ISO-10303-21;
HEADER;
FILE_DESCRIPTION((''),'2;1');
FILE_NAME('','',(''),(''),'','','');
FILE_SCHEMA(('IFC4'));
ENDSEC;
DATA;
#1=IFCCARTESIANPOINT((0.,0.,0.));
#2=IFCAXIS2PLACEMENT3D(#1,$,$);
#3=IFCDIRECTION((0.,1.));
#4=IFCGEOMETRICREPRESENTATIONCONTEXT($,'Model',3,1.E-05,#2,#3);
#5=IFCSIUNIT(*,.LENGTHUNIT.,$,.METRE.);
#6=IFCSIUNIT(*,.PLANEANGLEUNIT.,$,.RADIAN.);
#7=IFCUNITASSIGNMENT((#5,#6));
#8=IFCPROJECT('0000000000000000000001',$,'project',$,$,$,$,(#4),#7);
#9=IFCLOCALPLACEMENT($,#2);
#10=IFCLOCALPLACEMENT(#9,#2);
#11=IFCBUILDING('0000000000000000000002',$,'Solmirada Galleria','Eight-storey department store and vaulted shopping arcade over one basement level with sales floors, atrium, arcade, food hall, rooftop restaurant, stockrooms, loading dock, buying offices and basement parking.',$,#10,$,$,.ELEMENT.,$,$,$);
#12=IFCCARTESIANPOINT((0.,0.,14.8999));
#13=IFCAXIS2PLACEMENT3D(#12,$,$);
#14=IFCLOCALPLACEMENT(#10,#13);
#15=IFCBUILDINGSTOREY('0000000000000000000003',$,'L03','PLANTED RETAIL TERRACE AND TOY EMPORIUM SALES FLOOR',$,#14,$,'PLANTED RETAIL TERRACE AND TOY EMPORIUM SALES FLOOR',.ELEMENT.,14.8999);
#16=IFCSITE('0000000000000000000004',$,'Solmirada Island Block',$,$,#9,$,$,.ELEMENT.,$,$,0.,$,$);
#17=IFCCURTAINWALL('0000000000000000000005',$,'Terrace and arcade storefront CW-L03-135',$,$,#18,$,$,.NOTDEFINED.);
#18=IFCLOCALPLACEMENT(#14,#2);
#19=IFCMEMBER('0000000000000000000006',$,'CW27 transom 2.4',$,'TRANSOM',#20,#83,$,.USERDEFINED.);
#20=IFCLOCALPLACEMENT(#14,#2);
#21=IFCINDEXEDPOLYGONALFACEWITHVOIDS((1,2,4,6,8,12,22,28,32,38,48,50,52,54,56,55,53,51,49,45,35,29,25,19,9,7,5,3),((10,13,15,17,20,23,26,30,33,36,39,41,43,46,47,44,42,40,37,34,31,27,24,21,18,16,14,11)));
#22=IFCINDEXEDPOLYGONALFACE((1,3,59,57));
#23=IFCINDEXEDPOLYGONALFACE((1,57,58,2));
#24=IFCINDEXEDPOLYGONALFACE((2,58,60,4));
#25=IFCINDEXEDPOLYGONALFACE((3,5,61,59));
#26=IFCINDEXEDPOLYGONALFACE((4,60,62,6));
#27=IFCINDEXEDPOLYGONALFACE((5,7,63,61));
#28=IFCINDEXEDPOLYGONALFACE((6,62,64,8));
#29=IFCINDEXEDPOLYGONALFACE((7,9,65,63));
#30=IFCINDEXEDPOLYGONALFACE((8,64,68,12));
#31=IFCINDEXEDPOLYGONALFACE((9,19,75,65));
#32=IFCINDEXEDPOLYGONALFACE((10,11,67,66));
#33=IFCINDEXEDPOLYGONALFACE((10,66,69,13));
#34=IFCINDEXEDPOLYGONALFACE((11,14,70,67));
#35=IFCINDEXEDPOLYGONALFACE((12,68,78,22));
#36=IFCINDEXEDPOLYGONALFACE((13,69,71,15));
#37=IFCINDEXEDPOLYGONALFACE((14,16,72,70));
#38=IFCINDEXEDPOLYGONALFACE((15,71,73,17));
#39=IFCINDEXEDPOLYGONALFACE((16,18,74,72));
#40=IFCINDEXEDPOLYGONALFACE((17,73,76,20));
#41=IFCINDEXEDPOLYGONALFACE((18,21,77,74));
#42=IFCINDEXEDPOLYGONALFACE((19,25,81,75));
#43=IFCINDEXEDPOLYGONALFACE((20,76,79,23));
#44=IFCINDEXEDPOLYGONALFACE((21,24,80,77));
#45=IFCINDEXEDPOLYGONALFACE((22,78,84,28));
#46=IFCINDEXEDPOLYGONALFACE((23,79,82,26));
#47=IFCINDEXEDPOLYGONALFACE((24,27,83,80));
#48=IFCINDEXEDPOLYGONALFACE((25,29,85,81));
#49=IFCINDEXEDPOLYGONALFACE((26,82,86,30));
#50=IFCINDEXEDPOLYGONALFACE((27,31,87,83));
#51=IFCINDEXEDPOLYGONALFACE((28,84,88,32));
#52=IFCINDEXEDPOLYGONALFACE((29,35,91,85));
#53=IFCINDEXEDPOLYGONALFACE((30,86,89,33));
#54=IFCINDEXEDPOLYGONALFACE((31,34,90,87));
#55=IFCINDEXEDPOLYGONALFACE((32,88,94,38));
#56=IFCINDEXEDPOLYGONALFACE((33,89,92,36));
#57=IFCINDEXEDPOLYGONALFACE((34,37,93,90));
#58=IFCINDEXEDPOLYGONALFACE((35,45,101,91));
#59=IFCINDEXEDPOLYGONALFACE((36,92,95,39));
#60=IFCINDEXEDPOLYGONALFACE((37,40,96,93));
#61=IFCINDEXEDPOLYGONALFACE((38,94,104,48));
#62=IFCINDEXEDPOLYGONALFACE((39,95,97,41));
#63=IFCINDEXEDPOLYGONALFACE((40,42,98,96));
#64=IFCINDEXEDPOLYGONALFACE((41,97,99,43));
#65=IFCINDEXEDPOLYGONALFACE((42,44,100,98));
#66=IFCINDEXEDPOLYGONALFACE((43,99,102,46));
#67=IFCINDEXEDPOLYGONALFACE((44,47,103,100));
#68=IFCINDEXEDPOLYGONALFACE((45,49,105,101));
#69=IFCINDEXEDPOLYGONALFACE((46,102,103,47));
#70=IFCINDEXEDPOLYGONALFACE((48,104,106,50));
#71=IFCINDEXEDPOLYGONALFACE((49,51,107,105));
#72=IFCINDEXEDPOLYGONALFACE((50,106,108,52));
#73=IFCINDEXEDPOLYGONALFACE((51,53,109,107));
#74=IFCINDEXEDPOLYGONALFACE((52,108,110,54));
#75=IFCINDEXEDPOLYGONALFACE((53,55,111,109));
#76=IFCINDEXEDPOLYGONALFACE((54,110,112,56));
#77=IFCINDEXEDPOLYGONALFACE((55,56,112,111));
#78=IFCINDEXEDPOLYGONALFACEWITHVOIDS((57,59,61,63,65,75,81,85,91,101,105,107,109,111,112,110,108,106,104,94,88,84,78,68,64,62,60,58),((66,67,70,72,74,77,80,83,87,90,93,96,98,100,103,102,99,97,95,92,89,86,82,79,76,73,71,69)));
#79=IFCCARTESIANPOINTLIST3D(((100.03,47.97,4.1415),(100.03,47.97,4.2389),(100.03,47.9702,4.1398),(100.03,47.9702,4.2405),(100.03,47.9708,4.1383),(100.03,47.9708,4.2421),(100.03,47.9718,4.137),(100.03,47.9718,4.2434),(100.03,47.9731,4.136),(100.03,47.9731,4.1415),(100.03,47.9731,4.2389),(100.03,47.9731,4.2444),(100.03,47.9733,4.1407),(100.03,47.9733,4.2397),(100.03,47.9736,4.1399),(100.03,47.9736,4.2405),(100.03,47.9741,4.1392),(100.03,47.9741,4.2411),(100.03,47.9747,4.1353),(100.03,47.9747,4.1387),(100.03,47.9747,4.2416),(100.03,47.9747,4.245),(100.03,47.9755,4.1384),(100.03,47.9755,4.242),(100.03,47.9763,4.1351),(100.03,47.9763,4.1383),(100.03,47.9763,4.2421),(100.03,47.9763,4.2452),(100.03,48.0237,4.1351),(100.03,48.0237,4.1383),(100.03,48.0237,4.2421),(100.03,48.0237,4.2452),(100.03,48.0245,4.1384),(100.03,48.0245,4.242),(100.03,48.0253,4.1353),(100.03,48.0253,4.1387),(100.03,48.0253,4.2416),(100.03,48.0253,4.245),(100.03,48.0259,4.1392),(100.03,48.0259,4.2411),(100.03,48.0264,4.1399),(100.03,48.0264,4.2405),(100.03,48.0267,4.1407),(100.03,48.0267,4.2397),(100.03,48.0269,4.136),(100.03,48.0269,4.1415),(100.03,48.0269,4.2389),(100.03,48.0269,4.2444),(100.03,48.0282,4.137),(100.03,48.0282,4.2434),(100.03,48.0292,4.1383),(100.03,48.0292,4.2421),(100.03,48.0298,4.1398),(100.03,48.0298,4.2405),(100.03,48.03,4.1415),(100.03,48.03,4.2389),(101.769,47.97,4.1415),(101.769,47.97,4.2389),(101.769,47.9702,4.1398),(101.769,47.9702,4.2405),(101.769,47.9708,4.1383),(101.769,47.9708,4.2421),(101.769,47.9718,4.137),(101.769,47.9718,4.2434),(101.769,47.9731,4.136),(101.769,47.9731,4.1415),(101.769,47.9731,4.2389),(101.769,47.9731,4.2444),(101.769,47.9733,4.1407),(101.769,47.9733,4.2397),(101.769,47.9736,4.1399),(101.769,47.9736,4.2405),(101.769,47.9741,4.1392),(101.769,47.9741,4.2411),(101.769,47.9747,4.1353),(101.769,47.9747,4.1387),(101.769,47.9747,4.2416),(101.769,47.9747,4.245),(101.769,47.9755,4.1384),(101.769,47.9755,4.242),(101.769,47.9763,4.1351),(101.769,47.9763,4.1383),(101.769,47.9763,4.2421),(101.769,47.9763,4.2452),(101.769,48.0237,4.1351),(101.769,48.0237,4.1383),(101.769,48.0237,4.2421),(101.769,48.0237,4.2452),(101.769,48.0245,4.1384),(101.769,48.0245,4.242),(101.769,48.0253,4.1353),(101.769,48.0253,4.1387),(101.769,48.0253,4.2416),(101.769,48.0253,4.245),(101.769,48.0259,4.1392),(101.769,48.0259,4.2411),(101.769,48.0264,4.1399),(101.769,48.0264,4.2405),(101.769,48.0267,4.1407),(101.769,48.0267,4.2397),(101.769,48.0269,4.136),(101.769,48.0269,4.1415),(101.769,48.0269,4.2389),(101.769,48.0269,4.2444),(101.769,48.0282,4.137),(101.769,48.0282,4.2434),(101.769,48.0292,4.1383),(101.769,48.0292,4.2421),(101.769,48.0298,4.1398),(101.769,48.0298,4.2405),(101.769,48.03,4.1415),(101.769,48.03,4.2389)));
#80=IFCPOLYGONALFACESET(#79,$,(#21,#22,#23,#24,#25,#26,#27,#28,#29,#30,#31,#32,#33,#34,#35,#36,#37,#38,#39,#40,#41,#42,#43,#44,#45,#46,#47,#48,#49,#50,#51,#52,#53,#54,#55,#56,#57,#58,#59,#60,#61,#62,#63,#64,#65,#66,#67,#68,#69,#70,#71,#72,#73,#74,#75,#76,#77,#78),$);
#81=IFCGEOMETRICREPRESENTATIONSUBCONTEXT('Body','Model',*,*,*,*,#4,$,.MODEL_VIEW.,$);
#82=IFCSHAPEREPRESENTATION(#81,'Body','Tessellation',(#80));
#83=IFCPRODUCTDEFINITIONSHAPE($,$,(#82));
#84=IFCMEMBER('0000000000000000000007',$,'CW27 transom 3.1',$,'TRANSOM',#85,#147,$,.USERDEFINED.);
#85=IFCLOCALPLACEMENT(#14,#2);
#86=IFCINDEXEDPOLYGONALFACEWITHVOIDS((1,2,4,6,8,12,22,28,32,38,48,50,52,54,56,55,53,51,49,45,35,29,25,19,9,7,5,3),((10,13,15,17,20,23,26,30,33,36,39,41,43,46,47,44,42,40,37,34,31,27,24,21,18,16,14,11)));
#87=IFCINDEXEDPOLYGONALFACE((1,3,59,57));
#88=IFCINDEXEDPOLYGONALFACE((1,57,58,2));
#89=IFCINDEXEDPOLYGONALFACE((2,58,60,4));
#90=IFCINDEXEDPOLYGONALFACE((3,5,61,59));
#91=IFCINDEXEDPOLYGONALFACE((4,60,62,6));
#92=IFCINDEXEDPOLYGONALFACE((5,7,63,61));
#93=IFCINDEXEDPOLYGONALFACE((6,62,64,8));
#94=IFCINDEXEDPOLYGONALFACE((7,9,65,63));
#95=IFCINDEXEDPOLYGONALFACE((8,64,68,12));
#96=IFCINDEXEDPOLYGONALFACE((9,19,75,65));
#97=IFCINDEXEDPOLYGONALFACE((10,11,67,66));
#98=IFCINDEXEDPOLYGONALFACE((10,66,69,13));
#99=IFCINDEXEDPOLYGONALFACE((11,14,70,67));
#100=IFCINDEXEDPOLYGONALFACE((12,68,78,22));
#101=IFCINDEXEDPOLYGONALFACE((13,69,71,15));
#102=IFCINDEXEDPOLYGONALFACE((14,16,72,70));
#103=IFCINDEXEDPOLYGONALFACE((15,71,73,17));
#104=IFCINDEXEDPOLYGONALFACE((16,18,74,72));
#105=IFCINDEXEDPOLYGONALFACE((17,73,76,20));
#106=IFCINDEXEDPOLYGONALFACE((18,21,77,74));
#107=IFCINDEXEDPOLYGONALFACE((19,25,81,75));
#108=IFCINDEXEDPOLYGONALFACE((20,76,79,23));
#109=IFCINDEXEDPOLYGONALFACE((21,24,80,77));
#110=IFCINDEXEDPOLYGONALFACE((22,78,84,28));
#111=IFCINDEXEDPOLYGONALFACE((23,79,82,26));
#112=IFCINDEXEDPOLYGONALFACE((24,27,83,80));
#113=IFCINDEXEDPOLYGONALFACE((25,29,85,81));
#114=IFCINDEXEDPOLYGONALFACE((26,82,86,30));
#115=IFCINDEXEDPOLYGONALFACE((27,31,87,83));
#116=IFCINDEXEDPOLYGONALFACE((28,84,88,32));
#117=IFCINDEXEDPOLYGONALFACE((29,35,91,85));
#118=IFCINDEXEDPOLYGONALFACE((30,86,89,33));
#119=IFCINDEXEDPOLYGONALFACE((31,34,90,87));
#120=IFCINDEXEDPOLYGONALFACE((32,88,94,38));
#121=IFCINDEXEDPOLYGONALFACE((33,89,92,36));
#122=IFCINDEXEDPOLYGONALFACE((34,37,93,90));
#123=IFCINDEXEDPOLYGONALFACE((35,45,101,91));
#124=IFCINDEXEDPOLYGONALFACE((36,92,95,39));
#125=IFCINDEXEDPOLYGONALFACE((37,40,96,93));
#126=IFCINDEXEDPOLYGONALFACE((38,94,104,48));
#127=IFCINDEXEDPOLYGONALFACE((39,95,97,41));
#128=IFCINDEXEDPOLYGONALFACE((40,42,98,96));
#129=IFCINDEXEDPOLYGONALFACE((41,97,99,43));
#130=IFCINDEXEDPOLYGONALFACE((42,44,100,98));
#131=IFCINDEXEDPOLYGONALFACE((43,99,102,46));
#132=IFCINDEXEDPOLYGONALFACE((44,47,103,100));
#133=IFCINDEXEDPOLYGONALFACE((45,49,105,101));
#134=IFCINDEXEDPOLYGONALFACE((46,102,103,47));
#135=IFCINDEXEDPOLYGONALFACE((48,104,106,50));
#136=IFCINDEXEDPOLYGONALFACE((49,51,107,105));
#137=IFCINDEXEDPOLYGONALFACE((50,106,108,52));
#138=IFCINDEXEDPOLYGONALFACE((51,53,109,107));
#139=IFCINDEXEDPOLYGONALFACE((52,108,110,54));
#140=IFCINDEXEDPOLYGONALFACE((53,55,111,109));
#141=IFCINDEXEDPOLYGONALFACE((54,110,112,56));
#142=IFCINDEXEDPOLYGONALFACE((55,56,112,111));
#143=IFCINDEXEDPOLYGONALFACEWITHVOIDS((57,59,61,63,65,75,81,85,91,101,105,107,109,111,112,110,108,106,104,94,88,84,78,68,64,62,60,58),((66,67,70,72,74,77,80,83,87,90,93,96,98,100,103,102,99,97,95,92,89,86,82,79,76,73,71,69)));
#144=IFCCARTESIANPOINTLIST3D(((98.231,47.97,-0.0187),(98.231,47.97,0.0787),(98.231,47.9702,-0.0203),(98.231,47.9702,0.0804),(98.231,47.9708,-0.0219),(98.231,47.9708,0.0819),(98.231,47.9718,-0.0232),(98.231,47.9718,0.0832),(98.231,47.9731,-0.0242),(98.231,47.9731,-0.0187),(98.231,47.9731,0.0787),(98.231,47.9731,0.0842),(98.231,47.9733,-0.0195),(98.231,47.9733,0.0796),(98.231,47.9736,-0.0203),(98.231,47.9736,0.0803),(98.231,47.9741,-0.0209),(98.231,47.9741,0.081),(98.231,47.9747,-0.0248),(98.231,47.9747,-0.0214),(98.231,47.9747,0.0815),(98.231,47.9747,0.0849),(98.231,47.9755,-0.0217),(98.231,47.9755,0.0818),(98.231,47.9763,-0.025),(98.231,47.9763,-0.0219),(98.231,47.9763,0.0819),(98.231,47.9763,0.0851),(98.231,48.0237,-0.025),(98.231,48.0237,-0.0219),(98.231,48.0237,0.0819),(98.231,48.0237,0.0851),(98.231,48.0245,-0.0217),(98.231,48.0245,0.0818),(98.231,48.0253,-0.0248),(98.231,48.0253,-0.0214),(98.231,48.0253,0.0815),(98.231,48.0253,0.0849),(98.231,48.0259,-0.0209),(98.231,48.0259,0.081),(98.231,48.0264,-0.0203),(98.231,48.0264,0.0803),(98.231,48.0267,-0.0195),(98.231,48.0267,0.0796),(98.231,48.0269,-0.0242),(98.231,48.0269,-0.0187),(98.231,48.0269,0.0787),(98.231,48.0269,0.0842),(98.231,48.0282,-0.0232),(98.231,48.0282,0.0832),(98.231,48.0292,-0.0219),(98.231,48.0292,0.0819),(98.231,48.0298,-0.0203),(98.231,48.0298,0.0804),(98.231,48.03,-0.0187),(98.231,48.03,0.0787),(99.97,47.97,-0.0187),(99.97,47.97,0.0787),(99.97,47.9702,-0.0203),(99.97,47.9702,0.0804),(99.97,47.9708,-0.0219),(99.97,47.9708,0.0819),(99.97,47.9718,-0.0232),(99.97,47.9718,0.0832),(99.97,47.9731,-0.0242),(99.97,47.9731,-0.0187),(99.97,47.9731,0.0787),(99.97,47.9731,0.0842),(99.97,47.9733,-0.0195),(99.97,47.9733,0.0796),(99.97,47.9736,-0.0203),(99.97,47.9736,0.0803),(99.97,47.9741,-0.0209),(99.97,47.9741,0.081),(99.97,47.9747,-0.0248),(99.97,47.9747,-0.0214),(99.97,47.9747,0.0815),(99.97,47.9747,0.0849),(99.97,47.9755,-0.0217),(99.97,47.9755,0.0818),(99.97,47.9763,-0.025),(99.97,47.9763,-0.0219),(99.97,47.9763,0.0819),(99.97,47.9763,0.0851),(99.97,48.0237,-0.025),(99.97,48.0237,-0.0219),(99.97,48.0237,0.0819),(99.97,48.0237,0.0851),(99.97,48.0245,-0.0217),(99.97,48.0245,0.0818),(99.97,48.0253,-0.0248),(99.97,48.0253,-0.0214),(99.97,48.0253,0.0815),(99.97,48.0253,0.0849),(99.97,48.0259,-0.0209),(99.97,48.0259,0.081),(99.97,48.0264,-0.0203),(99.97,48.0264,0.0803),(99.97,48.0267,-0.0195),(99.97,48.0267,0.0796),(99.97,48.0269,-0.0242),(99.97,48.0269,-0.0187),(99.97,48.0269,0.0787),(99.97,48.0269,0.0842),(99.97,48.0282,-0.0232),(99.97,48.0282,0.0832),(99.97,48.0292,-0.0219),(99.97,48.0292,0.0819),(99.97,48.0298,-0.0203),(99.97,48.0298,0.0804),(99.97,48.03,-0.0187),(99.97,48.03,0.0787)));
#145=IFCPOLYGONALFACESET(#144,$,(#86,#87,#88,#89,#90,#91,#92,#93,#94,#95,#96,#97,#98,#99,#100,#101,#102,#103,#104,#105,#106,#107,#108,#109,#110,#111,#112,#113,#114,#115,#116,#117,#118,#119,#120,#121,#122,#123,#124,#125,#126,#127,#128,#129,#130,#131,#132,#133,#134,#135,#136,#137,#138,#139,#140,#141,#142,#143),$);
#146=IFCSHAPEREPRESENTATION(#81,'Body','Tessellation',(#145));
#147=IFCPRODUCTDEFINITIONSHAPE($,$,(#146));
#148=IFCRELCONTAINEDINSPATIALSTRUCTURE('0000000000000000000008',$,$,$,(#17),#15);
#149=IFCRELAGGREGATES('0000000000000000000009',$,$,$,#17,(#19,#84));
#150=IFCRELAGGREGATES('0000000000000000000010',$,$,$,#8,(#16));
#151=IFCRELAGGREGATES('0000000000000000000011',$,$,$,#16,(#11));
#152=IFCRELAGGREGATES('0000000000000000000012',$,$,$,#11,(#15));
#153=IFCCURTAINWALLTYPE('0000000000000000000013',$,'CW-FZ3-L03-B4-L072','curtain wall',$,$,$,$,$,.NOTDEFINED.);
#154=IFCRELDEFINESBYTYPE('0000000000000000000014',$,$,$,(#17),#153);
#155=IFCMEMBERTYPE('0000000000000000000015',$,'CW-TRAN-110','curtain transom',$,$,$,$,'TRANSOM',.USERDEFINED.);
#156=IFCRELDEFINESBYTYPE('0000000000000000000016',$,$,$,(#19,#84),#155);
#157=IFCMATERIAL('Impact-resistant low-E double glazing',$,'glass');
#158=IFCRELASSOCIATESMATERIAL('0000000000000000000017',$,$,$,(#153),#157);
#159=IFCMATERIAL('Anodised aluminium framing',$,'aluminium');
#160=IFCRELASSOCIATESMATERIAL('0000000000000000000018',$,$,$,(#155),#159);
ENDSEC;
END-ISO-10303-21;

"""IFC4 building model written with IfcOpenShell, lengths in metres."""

from ifc_helpers import new_model, si_unit, direction, frame, origin, origin_2d, place, context, subcontext, project, spatial, hollow_rectangle, extrude, material, material_profile, profile_set, type_object, element, aggregate, save


model = new_model("IFC4")

# Units and contexts
model_context = context("Model", 3, precision=1e-05, world=origin(), true_north=direction((0.0, 1.0)))
body_context = subcontext(model_context, "Body", "Model", "MODEL_VIEW")
ifc_project = project(units=[si_unit("LENGTHUNIT", "METRE"), si_unit("PLANEANGLEUNIT", "RADIAN")], contexts=[model_context])

# Site, building, storey
site_placement = place(None, origin())
site = spatial("IfcSite", under=ifc_project, at=site_placement, Name="Solmirada Island Block", CompositionType="ELEMENT", RefElevation=0.0)
building_placement = place(site_placement, origin())
building = spatial("IfcBuilding", under=site, at=building_placement, Name="Solmirada Galleria", Description="Eight-storey department store and vaulted shopping arcade over one basement level with sales floors, atrium, arcade, food hall, rooftop restaurant, stockrooms, loading dock, buying offices and basement parking.", CompositionType="ELEMENT")
storey_placement = place(building_placement, frame((0.0, 0.0, 14.8999)))
storey = spatial("IfcBuildingStorey", under=building, at=storey_placement, Name="L03", Description="PLANTED RETAIL TERRACE AND TOY EMPORIUM SALES FLOOR", LongName="PLANTED RETAIL TERRACE AND TOY EMPORIUM SALES FLOOR", CompositionType="ELEMENT", Elevation=14.8999)

# Curtain wall, members
ifc_material_1 = material(Name="Impact-resistant low-E double glazing", Category="glass")
curtain_wall_type = type_object("IfcCurtainWallType", Name="CW-FZ3-L03-B4-L072", Description="curtain wall", PredefinedType="NOTDEFINED", material=ifc_material_1)
curtain_wall_placement = place(storey_placement, origin())
curtain_wall = element("IfcCurtainWall", 1, at=curtain_wall_placement, inside=storey, type_object=curtain_wall_type, Name="Terrace and arcade storefront CW-L03-135", PredefinedType="NOTDEFINED")
ifc_material_2 = material(Name="Anodised aluminium framing", Category="aluminium")
ifc_material_profile_1 = material_profile(ifc_material_2, hollow_rectangle(XDim=0.0601, YDim=0.1101, WallThickness=0.0032, InnerFilletRadius=0.0032, OuterFilletRadius=0.0063, at=origin_2d()), Name="ALU-TRAN-110X60")
ifc_profile_set_1 = profile_set([ifc_material_profile_1], Name="Anodised aluminium framing")
member_type_1 = type_object("IfcMemberType", Name="CW-TRAN-110", Description="curtain transom", ElementType="TRANSOM", PredefinedType="USERDEFINED", material=ifc_profile_set_1)
member_1_placement = place(storey_placement, frame((101.769, 48.0, 4.1902), z_axis=(-1.0, 0.0, 0.0), x_axis=(0.0, -1.0, 0.0)))
member_1 = element("IfcMember", 2, at=member_1_placement, type_object=member_type_1, Name="CW27 transom 2.4", ObjectType="TRANSOM", PredefinedType="USERDEFINED", context=body_context, shape_type="SweptSolid", body=[
    extrude(hollow_rectangle(XDim=0.0601, YDim=0.1101, WallThickness=0.0032, InnerFilletRadius=0.0032, OuterFilletRadius=0.0063, at=origin_2d()), origin(), (0.0, 0.0, 1.0), 1.739),
])
member_2_placement = place(storey_placement, frame((99.97, 48.0, 0.03), z_axis=(-1.0, 0.0, 0.0), x_axis=(0.0, -1.0, 0.0)))
member_2 = element("IfcMember", 3, at=member_2_placement, type_object=member_type_1, Name="CW27 transom 3.1", ObjectType="TRANSOM", PredefinedType="USERDEFINED", context=body_context, shape_type="SweptSolid", body=[
    extrude(hollow_rectangle(XDim=0.0601, YDim=0.1101, WallThickness=0.0032, InnerFilletRadius=0.0032, OuterFilletRadius=0.0063, at=origin_2d()), origin(), (0.0, 0.0, 1.0), 1.739),
])
aggregate(curtain_wall, [member_1, member_2])

save(model, "model.ifc")
